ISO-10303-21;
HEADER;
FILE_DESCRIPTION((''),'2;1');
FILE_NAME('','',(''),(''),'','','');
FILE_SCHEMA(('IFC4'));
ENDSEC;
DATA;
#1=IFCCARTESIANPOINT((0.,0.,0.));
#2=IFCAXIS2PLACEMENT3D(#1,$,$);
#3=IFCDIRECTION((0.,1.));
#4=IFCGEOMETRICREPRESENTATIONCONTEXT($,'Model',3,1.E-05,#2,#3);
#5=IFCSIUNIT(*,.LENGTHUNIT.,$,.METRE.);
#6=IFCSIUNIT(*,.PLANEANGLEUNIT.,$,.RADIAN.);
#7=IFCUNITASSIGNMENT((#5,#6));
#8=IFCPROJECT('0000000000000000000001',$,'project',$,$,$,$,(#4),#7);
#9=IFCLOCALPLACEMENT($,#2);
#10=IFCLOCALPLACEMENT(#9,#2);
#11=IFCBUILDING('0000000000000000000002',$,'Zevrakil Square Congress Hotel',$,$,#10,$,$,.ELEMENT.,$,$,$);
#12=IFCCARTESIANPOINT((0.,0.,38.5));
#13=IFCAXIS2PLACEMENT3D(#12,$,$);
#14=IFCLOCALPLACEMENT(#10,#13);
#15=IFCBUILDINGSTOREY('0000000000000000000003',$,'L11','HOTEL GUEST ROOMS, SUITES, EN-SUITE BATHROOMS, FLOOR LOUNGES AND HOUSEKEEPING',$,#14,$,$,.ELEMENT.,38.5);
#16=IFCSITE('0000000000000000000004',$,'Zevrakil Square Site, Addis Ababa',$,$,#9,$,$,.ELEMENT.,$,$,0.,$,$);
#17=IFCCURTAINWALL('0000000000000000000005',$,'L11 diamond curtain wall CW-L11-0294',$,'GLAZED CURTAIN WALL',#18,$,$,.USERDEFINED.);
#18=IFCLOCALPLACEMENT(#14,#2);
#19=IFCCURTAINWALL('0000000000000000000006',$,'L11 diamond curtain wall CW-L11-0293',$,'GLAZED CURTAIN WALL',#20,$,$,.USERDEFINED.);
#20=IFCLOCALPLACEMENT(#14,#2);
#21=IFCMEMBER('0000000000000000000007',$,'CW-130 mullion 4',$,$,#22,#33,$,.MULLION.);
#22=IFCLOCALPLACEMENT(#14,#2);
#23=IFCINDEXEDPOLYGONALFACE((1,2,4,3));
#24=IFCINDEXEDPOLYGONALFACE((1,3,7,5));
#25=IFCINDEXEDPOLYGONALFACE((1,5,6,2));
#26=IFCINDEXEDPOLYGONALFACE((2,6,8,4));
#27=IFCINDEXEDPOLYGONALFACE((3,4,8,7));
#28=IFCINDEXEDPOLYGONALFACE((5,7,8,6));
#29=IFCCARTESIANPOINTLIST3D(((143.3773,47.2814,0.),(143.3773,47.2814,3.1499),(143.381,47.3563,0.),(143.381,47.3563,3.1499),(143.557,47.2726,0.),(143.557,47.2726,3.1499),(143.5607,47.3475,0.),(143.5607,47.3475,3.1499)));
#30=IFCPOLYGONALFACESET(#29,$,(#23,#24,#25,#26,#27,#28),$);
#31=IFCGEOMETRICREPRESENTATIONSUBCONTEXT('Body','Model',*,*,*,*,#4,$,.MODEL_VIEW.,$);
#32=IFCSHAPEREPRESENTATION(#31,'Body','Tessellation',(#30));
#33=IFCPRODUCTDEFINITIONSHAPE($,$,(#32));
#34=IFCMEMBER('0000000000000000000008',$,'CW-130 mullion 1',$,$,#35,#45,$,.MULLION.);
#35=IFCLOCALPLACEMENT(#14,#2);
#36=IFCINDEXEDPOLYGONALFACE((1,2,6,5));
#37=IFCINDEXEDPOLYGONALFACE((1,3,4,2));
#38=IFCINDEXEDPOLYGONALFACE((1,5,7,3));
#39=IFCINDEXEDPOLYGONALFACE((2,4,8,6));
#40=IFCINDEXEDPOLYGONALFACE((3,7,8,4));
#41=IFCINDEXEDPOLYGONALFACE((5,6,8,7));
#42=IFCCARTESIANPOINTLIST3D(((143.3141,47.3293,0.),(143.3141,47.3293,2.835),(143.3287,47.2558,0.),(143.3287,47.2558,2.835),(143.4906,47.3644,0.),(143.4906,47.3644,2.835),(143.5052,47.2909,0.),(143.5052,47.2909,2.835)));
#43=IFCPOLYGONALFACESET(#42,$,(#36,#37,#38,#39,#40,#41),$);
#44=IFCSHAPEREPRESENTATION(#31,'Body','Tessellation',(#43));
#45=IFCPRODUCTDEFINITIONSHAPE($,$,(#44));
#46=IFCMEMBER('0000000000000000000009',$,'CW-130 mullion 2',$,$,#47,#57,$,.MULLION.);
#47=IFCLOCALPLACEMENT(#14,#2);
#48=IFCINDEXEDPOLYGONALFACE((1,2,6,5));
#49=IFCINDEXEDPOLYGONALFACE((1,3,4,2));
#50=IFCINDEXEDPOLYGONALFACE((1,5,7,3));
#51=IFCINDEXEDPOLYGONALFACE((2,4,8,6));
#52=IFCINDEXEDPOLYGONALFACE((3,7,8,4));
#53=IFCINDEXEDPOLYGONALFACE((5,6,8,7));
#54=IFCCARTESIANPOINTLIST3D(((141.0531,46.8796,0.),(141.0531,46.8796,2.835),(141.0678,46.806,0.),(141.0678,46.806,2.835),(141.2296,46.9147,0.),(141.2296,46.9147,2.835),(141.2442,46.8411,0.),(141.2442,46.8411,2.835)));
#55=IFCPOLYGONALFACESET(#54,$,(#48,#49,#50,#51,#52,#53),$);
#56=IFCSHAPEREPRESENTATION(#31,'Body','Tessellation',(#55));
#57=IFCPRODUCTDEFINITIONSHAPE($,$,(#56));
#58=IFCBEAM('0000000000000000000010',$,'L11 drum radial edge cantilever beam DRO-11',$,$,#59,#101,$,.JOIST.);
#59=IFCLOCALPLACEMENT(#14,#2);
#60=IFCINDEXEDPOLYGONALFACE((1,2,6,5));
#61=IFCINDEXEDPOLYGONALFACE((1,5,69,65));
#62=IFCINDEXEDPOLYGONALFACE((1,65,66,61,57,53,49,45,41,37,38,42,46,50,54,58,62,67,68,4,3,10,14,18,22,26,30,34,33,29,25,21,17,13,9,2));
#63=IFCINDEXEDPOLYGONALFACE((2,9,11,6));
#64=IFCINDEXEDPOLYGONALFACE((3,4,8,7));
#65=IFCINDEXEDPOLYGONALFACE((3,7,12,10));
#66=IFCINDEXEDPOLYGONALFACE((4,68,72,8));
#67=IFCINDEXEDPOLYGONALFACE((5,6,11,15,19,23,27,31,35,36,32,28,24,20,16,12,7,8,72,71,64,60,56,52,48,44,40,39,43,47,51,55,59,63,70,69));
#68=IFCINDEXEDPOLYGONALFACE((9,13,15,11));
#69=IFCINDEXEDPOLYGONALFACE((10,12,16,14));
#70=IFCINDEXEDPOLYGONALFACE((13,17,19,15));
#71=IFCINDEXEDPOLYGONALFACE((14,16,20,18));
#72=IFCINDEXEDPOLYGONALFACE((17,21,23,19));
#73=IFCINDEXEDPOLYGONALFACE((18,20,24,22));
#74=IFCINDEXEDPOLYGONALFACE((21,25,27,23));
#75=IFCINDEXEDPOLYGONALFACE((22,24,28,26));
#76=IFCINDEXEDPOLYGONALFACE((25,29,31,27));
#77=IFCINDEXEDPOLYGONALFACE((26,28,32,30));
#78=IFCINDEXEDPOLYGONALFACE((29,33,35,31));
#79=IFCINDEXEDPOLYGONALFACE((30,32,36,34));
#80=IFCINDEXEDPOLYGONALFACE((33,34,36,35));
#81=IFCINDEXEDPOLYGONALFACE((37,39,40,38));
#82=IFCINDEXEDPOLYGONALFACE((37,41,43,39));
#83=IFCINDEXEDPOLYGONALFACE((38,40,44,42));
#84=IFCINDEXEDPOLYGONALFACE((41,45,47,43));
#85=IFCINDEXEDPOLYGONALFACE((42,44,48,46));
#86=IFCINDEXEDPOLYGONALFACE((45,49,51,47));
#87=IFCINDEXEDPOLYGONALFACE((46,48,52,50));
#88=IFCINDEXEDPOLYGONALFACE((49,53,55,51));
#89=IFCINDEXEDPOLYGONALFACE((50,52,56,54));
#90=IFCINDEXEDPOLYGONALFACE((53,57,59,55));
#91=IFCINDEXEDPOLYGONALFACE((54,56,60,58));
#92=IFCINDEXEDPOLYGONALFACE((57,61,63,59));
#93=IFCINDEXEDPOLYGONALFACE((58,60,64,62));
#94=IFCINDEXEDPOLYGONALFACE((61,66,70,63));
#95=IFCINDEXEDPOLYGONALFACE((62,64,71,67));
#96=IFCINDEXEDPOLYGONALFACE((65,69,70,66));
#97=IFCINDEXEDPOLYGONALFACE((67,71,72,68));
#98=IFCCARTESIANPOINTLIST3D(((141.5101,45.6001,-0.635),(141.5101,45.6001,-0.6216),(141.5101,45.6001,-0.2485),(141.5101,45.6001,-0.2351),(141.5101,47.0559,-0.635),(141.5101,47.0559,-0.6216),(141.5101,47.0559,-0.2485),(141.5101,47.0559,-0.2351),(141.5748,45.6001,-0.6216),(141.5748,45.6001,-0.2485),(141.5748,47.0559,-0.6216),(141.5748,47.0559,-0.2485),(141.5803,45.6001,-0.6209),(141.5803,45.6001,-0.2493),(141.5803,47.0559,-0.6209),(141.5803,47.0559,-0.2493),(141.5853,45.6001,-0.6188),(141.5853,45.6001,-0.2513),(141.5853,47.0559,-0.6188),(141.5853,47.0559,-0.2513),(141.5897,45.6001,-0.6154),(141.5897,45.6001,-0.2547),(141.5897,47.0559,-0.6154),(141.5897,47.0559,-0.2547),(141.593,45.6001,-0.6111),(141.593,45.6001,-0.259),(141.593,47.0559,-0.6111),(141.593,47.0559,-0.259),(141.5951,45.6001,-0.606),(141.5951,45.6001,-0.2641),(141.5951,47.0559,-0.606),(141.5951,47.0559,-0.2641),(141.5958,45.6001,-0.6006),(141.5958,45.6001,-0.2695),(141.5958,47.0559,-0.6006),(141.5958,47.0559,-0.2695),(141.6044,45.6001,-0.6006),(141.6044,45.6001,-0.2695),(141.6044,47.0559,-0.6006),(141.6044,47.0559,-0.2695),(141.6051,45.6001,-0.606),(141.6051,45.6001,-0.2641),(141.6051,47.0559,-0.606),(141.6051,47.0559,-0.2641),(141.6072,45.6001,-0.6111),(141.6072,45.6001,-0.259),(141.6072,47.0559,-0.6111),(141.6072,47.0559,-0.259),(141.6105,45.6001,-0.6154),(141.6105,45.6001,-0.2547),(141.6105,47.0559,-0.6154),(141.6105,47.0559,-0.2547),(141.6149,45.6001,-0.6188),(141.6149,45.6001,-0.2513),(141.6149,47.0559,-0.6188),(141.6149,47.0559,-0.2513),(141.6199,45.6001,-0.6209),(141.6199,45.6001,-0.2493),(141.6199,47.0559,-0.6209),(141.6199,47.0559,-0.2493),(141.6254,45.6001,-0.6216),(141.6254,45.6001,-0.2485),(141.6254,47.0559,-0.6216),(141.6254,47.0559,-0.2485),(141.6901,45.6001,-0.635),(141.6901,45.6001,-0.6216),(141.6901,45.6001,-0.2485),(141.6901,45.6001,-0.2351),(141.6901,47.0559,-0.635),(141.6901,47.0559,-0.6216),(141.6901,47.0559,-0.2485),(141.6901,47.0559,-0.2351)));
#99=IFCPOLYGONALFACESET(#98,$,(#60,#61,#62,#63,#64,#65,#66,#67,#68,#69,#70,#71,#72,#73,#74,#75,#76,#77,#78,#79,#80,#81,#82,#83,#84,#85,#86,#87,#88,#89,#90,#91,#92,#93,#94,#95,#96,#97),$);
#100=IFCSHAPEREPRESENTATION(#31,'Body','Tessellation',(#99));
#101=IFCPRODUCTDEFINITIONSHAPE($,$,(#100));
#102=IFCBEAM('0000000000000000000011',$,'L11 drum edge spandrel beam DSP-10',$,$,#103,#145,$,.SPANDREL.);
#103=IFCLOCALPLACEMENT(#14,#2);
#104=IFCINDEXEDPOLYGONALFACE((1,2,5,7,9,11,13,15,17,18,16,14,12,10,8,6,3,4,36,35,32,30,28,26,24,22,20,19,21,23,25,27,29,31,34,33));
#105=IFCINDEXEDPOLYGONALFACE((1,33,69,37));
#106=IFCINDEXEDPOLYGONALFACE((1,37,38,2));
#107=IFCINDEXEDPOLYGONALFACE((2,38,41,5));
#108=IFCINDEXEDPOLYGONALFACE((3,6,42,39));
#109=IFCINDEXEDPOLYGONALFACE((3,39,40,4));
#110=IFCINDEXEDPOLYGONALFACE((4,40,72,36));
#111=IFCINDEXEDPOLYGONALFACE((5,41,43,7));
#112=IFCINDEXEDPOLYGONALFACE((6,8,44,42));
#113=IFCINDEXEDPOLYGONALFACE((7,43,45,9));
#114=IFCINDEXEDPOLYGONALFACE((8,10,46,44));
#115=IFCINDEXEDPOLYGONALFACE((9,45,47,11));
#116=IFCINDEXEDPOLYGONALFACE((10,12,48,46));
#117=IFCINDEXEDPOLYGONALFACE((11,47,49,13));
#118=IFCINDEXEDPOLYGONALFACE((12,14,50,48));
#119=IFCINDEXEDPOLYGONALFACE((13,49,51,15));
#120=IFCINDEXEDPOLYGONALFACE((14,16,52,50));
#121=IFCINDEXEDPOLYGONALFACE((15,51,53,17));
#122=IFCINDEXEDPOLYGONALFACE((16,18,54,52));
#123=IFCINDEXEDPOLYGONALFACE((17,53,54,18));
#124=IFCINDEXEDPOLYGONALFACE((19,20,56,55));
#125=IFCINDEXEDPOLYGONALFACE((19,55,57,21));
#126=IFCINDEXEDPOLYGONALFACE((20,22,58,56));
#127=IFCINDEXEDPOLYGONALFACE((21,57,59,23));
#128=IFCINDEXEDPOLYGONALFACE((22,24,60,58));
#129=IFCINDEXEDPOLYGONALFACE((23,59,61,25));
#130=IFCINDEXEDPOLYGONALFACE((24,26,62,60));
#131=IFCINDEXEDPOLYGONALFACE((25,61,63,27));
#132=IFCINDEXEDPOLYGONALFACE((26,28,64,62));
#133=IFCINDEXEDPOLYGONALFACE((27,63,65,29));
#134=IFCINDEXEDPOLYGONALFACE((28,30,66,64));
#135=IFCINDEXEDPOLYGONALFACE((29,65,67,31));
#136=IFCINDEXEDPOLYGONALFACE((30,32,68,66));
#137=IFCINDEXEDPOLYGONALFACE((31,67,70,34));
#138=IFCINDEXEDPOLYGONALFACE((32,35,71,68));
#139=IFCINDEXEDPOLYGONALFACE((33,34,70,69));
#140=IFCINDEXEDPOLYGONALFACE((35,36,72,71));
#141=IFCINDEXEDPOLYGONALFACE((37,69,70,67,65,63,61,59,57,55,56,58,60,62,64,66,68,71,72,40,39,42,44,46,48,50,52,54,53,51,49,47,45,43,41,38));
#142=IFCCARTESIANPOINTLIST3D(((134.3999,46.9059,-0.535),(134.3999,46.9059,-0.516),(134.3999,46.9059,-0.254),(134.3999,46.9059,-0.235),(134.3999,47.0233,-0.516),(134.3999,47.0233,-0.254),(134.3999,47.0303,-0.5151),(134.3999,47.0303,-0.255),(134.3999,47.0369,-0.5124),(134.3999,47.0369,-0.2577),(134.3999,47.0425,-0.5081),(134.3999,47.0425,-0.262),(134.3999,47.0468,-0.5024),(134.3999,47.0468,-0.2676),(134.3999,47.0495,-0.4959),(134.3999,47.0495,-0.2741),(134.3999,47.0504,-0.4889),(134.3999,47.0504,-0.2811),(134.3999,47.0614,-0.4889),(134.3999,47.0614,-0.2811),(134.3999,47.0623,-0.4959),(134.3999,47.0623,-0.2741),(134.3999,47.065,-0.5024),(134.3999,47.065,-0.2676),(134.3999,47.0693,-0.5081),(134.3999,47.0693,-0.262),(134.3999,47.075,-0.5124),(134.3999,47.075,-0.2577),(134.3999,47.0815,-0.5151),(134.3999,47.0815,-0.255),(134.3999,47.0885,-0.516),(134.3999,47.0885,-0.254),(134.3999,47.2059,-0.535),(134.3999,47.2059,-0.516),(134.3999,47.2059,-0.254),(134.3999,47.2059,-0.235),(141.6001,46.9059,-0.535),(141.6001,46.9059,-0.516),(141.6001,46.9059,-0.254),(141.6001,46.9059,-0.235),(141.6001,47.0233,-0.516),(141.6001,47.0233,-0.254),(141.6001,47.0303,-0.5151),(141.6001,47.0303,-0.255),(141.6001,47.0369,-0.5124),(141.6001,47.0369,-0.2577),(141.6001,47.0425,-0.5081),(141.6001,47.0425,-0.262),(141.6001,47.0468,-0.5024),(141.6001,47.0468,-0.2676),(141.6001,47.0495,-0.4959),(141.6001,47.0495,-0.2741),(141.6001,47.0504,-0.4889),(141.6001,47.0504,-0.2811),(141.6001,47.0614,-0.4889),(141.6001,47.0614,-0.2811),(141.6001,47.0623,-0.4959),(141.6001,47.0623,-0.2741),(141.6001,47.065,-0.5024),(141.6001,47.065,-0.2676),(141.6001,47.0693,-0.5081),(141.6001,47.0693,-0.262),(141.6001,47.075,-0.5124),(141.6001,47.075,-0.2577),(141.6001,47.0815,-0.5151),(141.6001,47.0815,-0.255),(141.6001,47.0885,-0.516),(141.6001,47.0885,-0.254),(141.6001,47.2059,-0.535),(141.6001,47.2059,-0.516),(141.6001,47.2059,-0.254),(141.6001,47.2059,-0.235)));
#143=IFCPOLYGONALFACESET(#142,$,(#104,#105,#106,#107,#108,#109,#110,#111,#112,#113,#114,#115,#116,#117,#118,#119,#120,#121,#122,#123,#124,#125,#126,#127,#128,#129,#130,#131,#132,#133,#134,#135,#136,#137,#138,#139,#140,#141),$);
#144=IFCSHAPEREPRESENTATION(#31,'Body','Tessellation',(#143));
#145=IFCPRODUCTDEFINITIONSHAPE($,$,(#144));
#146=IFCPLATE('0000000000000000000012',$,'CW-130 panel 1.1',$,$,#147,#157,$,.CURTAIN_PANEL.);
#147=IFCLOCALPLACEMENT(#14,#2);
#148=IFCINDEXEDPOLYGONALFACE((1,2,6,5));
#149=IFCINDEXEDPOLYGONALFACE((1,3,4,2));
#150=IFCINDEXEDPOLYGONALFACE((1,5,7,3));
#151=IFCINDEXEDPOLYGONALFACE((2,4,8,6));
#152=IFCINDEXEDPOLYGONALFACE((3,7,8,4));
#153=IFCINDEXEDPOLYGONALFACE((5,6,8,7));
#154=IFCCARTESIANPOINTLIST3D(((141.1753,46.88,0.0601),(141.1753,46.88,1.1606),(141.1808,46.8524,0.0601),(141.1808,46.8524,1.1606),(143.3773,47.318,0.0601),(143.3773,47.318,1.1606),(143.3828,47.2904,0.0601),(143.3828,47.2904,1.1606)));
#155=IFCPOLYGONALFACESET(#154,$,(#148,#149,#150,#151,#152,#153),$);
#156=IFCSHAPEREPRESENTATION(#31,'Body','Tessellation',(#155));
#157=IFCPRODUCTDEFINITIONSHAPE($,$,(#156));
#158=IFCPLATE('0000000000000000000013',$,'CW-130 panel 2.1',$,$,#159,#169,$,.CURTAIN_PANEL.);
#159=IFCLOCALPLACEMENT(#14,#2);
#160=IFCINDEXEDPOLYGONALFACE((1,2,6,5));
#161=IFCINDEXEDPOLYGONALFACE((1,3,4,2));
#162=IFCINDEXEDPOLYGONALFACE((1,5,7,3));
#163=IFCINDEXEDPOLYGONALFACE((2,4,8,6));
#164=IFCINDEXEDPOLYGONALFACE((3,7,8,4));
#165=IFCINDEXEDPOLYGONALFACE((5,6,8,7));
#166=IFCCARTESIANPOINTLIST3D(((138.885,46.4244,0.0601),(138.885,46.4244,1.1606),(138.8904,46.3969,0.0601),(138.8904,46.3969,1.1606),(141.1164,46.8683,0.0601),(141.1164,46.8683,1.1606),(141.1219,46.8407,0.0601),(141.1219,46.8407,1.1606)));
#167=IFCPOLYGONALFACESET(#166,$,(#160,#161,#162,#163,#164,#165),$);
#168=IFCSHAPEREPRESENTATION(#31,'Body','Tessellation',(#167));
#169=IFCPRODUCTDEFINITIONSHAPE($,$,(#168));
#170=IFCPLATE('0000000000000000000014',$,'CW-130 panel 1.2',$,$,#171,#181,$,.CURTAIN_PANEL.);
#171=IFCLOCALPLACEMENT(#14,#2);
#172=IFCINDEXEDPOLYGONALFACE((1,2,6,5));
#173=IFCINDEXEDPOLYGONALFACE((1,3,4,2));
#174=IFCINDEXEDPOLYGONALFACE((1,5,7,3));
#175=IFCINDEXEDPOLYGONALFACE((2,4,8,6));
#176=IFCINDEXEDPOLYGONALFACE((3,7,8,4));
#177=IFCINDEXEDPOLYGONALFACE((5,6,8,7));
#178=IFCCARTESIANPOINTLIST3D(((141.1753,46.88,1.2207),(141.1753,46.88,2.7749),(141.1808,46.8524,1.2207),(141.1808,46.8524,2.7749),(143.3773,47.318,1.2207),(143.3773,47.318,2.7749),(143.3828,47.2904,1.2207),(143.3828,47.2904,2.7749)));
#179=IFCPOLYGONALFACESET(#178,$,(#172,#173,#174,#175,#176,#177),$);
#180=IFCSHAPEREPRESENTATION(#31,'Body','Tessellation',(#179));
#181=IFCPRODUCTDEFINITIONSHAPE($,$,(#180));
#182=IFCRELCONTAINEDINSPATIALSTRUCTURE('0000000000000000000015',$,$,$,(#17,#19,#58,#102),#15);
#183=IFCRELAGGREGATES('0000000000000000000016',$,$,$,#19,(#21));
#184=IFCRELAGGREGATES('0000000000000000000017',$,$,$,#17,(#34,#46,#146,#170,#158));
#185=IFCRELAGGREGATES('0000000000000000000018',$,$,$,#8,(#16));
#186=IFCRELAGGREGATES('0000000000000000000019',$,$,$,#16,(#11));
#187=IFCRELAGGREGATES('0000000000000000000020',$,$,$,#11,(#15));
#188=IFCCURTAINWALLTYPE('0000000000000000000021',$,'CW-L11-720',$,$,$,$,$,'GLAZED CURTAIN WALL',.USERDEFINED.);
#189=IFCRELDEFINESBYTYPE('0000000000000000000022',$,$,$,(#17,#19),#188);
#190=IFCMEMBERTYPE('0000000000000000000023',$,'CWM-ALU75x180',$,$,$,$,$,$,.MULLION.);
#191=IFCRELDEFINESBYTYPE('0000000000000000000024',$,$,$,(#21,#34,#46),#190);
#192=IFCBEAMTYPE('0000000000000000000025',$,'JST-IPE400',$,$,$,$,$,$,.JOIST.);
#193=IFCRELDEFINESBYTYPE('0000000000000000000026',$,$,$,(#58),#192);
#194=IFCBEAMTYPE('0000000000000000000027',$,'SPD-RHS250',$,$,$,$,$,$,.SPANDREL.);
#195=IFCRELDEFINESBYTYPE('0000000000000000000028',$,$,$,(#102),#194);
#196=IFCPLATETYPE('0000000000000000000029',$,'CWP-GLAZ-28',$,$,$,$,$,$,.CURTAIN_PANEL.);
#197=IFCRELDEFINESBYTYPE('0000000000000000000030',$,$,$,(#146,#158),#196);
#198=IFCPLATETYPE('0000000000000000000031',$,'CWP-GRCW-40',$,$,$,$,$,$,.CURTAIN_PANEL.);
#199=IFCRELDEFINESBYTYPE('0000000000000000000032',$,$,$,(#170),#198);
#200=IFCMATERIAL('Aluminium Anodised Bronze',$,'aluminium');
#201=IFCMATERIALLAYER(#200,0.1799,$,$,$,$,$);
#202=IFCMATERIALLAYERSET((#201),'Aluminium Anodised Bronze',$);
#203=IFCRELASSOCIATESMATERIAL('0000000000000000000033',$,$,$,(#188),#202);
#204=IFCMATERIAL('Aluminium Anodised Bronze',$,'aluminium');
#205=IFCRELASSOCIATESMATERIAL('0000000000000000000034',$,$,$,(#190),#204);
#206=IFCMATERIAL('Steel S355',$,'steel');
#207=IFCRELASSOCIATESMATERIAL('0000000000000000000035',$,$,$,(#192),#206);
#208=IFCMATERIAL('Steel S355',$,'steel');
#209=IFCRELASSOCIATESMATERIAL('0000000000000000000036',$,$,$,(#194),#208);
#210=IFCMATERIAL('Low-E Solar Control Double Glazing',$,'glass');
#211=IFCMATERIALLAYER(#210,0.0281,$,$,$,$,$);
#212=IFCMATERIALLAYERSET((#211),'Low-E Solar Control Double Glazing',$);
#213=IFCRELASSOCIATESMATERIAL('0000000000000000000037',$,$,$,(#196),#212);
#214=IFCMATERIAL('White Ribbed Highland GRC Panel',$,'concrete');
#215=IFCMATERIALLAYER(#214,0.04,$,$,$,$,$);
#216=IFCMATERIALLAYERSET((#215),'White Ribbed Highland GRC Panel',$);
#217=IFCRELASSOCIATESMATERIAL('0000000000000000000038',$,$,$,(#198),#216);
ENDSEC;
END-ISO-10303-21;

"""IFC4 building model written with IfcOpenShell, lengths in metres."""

from ifc_helpers import new_model, si_unit, direction, frame, origin, origin_2d, place, context, subcontext, project, spatial, rectangle, i_section, extrude, material, layer, layer_set, material_profile, profile_set, type_object, element, aggregate, save


model = new_model("IFC4")

# Units and contexts
model_context = context("Model", 3, precision=1e-05, world=origin(), true_north=direction((0.0, 1.0)))
body_context = subcontext(model_context, "Body", "Model", "MODEL_VIEW")
ifc_project = project(units=[si_unit("LENGTHUNIT", "METRE"), si_unit("PLANEANGLEUNIT", "RADIAN")], contexts=[model_context])

# Site, building, storey
site_placement = place(None, origin())
site = spatial("IfcSite", under=ifc_project, at=site_placement, Name="Zevrakil Square Site, Addis Ababa", CompositionType="ELEMENT", RefElevation=0.0)
building_placement = place(site_placement, origin())
building = spatial("IfcBuilding", under=site, at=building_placement, Name="Zevrakil Square Congress Hotel", CompositionType="ELEMENT")
storey_placement = place(building_placement, frame((0.0, 0.0, 38.5)))
storey = spatial("IfcBuildingStorey", under=building, at=storey_placement, Name="L11", Description="HOTEL GUEST ROOMS, SUITES, EN-SUITE BATHROOMS, FLOOR LOUNGES AND HOUSEKEEPING", CompositionType="ELEMENT", Elevation=38.5)

# Curtain wall
ifc_material_1 = material(Name="Aluminium Anodised Bronze", Category="aluminium")
ifc_layer_1 = layer(ifc_material_1, 0.1799)
ifc_layer_set_1 = layer_set([ifc_layer_1], Name="Aluminium Anodised Bronze")
curtain_wall_type = type_object("IfcCurtainWallType", Name="CW-L11-720", ElementType="GLAZED CURTAIN WALL", PredefinedType="USERDEFINED", material=ifc_layer_set_1)
curtain_wall_1_placement = place(storey_placement, origin())
curtain_wall_1 = element("IfcCurtainWall", 1, at=curtain_wall_1_placement, inside=storey, type_object=curtain_wall_type, Name="L11 diamond curtain wall CW-L11-0294", ObjectType="GLAZED CURTAIN WALL", PredefinedType="USERDEFINED")

# Curtain wall, member
curtain_wall_2_placement = place(storey_placement, origin())
curtain_wall_2 = element("IfcCurtainWall", 2, at=curtain_wall_2_placement, inside=storey, type_object=curtain_wall_type, Name="L11 diamond curtain wall CW-L11-0293", ObjectType="GLAZED CURTAIN WALL", PredefinedType="USERDEFINED")
ifc_material_2 = material(Name="Aluminium Anodised Bronze", Category="aluminium")
ifc_material_profile_1 = material_profile(ifc_material_2, rectangle(XDim=0.075, YDim=0.1799, at=origin_2d()), Name="ALU 75x180")
ifc_profile_set_1 = profile_set([ifc_material_profile_1], Name="Aluminium Anodised Bronze")
member_type_1 = type_object("IfcMemberType", Name="CWM-ALU75x180", PredefinedType="MULLION", material=ifc_profile_set_1)
member_1_placement = place(storey_placement, frame((143.469, 47.3145, 0.0), z_axis=(0.0, 0.0, 1.0), x_axis=(-0.049053, -0.998796, 0.0)))
member_1 = element("IfcMember", 3, at=member_1_placement, type_object=member_type_1, Name="CW-130 mullion 4", PredefinedType="MULLION", context=body_context, shape_type="SweptSolid", body=[
    extrude(rectangle(XDim=0.075, YDim=0.1799, at=origin_2d()), origin(), (0.0, 0.0, 1.0), 3.1499),
])
aggregate(curtain_wall_2, [member_1])

# Members
member_2_placement = place(storey_placement, frame((143.4097, 47.3101, 0.0), z_axis=(0.0, 0.0, 1.0), x_axis=(0.195084, -0.980787, 0.0)))
member_2 = element("IfcMember", 4, at=member_2_placement, type_object=member_type_1, Name="CW-130 mullion 1", PredefinedType="MULLION", context=body_context, shape_type="SweptSolid", body=[
    extrude(rectangle(XDim=0.075, YDim=0.1799, at=origin_2d()), origin(), (0.0, 0.0, 1.0), 2.835),
])
member_3_placement = place(storey_placement, frame((141.1487, 46.8604, 0.0), z_axis=(0.0, 0.0, 1.0), x_axis=(0.195084, -0.980787, 0.0)))
member_3 = element("IfcMember", 5, at=member_3_placement, type_object=member_type_1, Name="CW-130 mullion 2", PredefinedType="MULLION", context=body_context, shape_type="SweptSolid", body=[
    extrude(rectangle(XDim=0.075, YDim=0.1799, at=origin_2d()), origin(), (0.0, 0.0, 1.0), 2.835),
])

# Beams
ifc_material_3 = material(Name="Steel S355", Category="steel")
ifc_material_profile_2 = material_profile(ifc_material_3, i_section(OverallWidth=0.1799, OverallDepth=0.3999, WebThickness=0.0085, FlangeThickness=0.0134, FilletRadius=0.021, at=origin_2d()), Name="IPE 400")
ifc_profile_set_2 = profile_set([ifc_material_profile_2], Name="Steel S355")
beam_type_1 = type_object("IfcBeamType", Name="JST-IPE400", PredefinedType="JOIST", material=ifc_profile_set_2)
beam_1_placement = place(storey_placement, frame((141.6001, 45.6001, -0.4351), z_axis=(0.0, 1.0, 0.0), x_axis=(-1.0, 0.0, 0.0)))
element("IfcBeam", 6, at=beam_1_placement, inside=storey, type_object=beam_type_1, Name="L11 drum radial edge cantilever beam DRO-11", PredefinedType="JOIST", context=body_context, shape_type="SweptSolid", body=[
    extrude(i_section(OverallWidth=0.1799, OverallDepth=0.3999, WebThickness=0.0085, FlangeThickness=0.0134, FilletRadius=0.021, at=origin_2d()), origin(), (0.0, 0.0, 1.0), 1.4558),
])
ifc_material_4 = material(Name="Steel S355", Category="steel")
ifc_material_profile_3 = material_profile(ifc_material_4, i_section(OverallWidth=0.3, OverallDepth=0.3, WebThickness=0.011, FlangeThickness=0.019, FilletRadius=0.0271, at=origin_2d()), Name="HEB 300")
ifc_profile_set_3 = profile_set([ifc_material_profile_3], Name="Steel S355")
beam_type_2 = type_object("IfcBeamType", Name="SPD-RHS250", PredefinedType="SPANDREL", material=ifc_profile_set_3)
beam_2_placement = place(storey_placement, frame((141.6001, 47.0559, -0.385), z_axis=(-1.0, 0.0, 0.0), x_axis=(0.0, -1.0, 0.0)))
element("IfcBeam", 7, at=beam_2_placement, inside=storey, type_object=beam_type_2, Name="L11 drum edge spandrel beam DSP-10", PredefinedType="SPANDREL", context=body_context, shape_type="SweptSolid", body=[
    extrude(i_section(OverallWidth=0.3, OverallDepth=0.3, WebThickness=0.011, FlangeThickness=0.019, FilletRadius=0.0271, at=origin_2d()), origin(), (0.0, 0.0, 1.0), 7.2002),
])

# Plates
ifc_material_5 = material(Name="Low-E Solar Control Double Glazing", Category="glass")
ifc_layer_2 = layer(ifc_material_5, 0.0281)
ifc_layer_set_2 = layer_set([ifc_layer_2], Name="Low-E Solar Control Double Glazing")
plate_type_1 = type_object("IfcPlateType", Name="CWP-GLAZ-28", PredefinedType="CURTAIN_PANEL", material=ifc_layer_set_2)
plate_1_placement = place(storey_placement, frame((142.2791, 47.0852, 0.0601), z_axis=(0.0, 0.0, 1.0), x_axis=(-0.980787, -0.195084, 0.0)))
plate_1 = element("IfcPlate", 8, at=plate_1_placement, type_object=plate_type_1, Name="CW-130 panel 1.1", PredefinedType="CURTAIN_PANEL", context=body_context, shape_type="SweptSolid", body=[
    extrude(rectangle(XDim=2.2451, YDim=0.0281, at=origin_2d()), origin(), (0.0, 0.0, 1.0), 1.1006),
])
plate_2_placement = place(storey_placement, frame((140.0034, 46.6326, 0.0601), z_axis=(0.0, 0.0, 1.0), x_axis=(-0.980787, -0.195084, 0.0)))
plate_2 = element("IfcPlate", 9, at=plate_2_placement, type_object=plate_type_1, Name="CW-130 panel 2.1", PredefinedType="CURTAIN_PANEL", context=body_context, shape_type="SweptSolid", body=[
    extrude(rectangle(XDim=2.2751, YDim=0.0281, at=origin_2d()), origin(), (0.0, 0.0, 1.0), 1.1006),
])
ifc_material_6 = material(Name="White Ribbed Highland GRC Panel", Category="concrete")
ifc_layer_3 = layer(ifc_material_6, 0.04)
ifc_layer_set_3 = layer_set([ifc_layer_3], Name="White Ribbed Highland GRC Panel")
plate_type_2 = type_object("IfcPlateType", Name="CWP-GRCW-40", PredefinedType="CURTAIN_PANEL", material=ifc_layer_set_3)
plate_3_placement = place(storey_placement, frame((142.2791, 47.0852, 1.2207), z_axis=(0.0, 0.0, 1.0), x_axis=(-0.980787, -0.195084, 0.0)))
plate_3 = element("IfcPlate", 10, at=plate_3_placement, type_object=plate_type_2, Name="CW-130 panel 1.2", PredefinedType="CURTAIN_PANEL", context=body_context, shape_type="SweptSolid", body=[
    extrude(rectangle(XDim=2.2451, YDim=0.0281, at=origin_2d()), origin(), (0.0, 0.0, 1.0), 1.5542),
])
aggregate(curtain_wall_1, [member_2, member_3, plate_1, plate_3, plate_2])

save(model, "model.ifc")
